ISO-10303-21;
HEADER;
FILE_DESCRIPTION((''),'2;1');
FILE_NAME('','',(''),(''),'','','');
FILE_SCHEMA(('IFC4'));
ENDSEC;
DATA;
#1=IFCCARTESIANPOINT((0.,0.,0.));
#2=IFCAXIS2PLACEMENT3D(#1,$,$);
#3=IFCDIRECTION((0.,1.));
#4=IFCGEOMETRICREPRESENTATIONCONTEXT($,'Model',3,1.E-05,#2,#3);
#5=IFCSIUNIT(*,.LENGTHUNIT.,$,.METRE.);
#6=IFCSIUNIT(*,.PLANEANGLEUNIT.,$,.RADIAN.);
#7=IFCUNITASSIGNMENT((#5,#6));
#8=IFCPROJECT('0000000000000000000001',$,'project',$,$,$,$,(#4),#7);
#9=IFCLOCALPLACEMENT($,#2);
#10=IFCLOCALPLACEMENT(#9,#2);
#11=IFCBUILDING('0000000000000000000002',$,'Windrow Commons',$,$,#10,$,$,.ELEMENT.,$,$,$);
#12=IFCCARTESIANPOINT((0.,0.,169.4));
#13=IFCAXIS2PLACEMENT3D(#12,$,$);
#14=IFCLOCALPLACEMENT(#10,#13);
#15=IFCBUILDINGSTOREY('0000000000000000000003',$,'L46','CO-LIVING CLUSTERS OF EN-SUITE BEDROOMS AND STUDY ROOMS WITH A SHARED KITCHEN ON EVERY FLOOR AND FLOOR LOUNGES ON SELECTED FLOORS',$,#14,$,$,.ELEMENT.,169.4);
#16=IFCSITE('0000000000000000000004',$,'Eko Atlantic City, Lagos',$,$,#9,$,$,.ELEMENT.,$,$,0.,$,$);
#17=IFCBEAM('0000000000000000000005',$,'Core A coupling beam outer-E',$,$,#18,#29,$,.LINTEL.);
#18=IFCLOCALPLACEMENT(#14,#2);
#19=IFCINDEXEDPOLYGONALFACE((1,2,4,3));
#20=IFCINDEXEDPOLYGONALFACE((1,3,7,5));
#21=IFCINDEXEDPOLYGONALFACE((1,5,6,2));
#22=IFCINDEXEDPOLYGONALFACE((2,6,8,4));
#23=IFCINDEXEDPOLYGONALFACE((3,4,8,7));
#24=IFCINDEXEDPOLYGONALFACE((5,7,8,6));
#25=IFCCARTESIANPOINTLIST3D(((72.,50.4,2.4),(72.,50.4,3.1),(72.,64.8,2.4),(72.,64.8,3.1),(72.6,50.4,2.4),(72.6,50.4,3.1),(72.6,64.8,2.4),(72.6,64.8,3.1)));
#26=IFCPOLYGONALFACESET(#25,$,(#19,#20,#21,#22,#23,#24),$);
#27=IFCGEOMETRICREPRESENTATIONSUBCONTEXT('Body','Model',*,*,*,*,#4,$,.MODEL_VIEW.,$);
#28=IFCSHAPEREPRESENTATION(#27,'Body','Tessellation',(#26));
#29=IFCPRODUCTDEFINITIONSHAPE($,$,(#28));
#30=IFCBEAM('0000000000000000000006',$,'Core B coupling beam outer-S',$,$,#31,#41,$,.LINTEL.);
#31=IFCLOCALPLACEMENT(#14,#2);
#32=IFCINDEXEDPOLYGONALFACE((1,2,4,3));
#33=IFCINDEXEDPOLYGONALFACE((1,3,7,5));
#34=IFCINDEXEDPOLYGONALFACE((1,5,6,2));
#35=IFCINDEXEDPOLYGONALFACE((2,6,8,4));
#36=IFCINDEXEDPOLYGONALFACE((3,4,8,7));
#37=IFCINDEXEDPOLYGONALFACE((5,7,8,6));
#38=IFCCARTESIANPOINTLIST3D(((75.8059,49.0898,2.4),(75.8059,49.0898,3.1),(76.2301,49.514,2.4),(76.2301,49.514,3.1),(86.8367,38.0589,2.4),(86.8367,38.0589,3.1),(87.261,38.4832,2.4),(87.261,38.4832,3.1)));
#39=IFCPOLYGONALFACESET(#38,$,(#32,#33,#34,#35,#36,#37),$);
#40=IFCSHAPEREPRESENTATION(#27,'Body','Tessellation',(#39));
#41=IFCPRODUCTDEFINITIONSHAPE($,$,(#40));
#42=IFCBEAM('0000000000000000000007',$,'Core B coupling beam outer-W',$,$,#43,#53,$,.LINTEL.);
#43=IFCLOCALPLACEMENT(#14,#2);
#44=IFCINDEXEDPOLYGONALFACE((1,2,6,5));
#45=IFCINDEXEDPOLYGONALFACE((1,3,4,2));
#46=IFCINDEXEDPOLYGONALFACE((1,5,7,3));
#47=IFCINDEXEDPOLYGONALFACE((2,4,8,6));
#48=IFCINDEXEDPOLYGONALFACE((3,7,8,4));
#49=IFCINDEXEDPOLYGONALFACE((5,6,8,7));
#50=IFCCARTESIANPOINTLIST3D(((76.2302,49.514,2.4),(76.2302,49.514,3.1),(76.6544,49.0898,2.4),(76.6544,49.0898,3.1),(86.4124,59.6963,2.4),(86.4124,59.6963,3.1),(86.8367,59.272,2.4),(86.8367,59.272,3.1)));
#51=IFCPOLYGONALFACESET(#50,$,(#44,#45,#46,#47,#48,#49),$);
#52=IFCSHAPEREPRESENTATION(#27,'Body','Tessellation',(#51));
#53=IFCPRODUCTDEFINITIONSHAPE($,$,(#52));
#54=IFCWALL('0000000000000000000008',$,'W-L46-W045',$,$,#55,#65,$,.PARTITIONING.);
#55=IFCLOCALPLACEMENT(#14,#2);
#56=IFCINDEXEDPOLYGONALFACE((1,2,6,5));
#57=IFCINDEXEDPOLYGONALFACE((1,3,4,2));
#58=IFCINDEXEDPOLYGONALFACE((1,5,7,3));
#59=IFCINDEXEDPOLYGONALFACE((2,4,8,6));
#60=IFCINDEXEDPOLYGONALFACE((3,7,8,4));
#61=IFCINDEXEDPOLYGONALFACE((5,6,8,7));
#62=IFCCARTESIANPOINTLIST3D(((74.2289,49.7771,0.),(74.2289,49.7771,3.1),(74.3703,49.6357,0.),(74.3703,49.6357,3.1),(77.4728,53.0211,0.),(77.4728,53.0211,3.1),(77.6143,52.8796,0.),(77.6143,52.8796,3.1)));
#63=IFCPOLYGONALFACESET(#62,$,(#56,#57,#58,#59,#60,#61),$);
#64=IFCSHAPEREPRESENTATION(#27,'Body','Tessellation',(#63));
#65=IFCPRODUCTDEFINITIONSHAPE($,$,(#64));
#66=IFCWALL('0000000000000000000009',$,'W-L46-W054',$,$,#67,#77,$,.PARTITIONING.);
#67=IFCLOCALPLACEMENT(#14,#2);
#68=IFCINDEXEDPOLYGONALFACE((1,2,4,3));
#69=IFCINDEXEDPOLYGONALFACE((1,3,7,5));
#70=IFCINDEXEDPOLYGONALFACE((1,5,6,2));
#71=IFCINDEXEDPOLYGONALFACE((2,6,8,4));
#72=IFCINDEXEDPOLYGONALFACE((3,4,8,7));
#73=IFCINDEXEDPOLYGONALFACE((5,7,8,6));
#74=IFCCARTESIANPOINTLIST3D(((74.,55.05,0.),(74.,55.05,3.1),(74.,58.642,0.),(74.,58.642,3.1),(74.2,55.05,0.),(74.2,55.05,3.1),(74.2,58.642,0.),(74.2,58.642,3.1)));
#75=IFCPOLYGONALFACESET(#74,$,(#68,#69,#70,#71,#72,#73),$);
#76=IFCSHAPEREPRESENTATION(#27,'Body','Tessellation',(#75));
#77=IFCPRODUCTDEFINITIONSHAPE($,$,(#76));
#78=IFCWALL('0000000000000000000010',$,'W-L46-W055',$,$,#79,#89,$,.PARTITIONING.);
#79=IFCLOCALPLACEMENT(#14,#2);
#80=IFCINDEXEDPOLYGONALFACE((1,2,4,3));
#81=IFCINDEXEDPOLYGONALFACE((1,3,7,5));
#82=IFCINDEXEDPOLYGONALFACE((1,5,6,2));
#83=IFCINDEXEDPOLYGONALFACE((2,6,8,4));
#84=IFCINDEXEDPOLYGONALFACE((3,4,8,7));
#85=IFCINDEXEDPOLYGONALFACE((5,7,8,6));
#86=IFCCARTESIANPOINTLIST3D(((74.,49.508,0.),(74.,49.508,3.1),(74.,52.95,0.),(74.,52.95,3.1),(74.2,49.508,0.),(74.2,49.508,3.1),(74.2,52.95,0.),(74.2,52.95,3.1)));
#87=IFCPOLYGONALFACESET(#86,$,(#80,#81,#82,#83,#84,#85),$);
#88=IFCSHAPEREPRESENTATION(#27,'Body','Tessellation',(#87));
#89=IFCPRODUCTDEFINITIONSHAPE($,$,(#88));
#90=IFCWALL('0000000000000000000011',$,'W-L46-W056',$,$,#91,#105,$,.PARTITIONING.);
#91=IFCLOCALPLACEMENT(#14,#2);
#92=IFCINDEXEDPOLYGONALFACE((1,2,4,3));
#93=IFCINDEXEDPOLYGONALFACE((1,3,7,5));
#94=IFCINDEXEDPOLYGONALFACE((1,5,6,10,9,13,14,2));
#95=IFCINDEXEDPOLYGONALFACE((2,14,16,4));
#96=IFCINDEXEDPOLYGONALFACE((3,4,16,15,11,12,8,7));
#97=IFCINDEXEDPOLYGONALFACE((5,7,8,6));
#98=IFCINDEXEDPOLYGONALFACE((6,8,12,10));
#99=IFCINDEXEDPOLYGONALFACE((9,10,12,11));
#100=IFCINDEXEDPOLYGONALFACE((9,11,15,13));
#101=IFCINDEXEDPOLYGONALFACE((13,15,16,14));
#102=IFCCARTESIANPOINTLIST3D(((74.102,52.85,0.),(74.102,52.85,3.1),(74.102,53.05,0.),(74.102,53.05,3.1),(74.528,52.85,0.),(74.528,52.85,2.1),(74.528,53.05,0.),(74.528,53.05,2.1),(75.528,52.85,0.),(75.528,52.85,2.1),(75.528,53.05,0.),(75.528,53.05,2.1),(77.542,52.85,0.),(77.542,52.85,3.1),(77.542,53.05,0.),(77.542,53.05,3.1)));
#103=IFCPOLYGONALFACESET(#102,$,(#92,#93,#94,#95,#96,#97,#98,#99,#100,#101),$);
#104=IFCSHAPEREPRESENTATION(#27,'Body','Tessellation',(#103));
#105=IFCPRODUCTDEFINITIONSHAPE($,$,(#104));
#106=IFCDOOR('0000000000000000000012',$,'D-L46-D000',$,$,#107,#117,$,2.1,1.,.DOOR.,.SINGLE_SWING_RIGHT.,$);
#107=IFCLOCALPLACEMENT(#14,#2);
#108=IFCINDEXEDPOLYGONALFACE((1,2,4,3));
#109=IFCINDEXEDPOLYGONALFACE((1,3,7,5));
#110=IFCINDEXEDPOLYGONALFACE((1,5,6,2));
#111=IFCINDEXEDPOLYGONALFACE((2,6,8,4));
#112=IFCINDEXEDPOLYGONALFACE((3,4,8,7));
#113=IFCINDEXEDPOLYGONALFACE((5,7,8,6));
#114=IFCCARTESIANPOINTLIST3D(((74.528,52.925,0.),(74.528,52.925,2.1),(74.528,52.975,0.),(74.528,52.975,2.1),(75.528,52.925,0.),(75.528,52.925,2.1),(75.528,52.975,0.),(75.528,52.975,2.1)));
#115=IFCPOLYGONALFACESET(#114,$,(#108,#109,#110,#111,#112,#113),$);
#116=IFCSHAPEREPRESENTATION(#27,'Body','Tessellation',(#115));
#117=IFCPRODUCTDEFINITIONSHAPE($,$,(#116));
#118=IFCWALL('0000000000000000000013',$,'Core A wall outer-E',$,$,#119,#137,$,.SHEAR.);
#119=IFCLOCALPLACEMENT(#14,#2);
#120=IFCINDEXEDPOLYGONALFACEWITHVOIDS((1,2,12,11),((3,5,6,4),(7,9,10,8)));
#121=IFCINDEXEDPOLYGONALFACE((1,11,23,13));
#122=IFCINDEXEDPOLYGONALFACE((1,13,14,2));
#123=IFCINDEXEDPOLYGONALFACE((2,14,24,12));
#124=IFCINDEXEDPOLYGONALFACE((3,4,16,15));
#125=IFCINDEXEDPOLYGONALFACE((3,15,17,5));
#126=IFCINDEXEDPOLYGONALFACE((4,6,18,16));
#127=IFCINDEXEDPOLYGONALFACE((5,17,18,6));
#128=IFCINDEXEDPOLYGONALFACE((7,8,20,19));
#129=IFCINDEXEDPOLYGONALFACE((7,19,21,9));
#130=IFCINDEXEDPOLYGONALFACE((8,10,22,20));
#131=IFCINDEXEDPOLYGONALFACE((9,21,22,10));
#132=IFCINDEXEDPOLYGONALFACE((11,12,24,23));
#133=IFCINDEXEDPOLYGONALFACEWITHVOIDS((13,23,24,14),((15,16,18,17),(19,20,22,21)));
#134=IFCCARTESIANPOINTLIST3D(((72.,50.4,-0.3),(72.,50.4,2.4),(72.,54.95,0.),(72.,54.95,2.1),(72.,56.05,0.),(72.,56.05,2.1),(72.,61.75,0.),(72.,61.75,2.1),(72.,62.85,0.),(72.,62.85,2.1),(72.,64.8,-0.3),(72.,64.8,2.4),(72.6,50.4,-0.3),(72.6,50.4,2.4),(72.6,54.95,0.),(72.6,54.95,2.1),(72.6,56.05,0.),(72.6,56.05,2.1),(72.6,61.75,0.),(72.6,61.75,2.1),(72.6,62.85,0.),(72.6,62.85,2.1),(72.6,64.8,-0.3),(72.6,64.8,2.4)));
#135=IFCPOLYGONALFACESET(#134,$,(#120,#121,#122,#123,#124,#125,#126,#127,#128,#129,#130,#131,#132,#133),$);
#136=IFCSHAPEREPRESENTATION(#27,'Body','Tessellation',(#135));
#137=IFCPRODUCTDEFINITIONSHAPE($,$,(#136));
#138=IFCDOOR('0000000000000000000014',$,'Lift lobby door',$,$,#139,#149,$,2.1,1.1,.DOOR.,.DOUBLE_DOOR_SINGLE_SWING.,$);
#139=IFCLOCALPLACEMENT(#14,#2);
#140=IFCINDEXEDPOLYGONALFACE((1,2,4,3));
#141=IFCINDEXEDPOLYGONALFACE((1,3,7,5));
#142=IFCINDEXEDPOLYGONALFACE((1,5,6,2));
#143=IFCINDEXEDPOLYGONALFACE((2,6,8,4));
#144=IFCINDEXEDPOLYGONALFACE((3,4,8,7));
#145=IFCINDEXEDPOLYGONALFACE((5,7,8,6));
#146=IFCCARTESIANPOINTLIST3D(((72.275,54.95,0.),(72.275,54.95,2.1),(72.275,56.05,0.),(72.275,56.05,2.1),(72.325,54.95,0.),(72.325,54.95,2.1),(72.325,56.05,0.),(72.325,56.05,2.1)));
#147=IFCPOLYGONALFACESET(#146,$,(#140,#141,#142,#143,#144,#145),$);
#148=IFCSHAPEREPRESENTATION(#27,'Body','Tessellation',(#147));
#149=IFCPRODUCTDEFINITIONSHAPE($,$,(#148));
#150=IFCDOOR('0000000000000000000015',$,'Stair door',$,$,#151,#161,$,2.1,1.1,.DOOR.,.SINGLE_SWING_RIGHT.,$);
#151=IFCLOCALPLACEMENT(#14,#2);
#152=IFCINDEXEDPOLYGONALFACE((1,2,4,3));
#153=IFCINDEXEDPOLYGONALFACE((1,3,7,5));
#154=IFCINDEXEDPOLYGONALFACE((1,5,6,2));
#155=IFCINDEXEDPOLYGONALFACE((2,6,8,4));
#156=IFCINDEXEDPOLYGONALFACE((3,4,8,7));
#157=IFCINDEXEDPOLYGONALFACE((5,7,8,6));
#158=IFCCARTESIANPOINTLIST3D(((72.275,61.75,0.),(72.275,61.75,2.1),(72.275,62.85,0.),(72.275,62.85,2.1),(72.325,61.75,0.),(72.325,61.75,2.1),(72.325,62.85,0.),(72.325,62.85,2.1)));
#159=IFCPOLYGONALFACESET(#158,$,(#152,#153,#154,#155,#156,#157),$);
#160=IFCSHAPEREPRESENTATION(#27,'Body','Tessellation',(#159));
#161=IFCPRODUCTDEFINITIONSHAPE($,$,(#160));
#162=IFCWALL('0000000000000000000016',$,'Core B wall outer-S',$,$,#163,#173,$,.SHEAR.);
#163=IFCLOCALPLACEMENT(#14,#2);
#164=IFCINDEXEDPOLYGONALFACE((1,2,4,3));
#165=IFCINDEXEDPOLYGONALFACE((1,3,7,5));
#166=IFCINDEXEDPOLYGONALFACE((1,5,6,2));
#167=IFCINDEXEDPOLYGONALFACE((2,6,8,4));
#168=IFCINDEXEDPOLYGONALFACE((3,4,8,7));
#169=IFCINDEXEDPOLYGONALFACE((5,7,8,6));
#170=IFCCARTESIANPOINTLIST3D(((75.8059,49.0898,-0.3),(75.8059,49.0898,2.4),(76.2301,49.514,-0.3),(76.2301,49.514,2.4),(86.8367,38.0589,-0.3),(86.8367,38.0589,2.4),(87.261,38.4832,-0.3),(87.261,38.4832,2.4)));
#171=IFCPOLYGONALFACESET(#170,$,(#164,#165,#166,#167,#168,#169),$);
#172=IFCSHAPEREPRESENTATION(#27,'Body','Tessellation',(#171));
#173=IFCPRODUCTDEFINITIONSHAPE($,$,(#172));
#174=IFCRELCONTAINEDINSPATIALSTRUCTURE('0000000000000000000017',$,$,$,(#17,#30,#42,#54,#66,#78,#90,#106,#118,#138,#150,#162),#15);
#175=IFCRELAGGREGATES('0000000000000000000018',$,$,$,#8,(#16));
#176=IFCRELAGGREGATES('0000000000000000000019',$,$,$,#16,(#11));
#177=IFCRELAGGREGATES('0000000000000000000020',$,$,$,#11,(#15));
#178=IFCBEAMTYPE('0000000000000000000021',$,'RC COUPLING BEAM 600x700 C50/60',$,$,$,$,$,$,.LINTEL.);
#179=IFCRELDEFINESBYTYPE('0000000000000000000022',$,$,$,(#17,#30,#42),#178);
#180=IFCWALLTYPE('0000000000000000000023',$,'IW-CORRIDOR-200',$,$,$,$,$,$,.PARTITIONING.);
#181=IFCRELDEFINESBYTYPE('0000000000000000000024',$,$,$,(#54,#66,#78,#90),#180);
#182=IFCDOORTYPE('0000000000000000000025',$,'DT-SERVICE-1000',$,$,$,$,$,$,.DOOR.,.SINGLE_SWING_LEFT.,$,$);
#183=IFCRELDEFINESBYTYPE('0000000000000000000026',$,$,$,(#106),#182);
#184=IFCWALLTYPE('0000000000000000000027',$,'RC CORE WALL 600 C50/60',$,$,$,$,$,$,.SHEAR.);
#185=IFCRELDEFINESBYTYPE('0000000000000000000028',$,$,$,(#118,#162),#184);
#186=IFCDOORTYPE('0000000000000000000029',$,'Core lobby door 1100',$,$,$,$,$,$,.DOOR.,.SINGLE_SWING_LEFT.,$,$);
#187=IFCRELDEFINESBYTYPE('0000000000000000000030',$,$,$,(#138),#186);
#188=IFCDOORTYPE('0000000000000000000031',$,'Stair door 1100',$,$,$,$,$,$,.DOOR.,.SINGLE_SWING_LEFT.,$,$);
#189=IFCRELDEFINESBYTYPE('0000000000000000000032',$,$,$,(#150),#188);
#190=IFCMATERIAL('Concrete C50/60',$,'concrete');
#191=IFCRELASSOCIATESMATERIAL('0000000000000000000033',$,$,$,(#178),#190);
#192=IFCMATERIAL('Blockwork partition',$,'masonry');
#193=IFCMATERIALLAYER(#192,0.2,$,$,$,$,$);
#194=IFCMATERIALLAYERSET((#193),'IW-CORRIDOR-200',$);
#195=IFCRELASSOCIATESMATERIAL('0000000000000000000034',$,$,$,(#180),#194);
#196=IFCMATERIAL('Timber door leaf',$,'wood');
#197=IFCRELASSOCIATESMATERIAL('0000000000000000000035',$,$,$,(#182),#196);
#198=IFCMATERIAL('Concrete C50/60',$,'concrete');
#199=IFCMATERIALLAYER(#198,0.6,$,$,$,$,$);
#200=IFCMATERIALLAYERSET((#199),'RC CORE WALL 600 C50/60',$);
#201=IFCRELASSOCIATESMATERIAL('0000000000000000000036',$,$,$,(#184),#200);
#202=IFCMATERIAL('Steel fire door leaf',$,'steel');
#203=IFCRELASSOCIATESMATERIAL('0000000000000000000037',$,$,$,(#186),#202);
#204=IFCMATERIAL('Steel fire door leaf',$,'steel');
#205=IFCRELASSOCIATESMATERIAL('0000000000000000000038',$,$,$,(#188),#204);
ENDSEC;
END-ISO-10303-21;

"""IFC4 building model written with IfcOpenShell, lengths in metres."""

from ifc_helpers import new_model, si_unit, direction, frame, frame_2d, origin, origin_2d, place, context, subcontext, project, spatial, rectangle, extrude, material, layer, layer_set, material_profile, profile_set, type_object, element, fill, save


model = new_model("IFC4")

# Units and contexts
model_context = context("Model", 3, precision=1e-05, world=origin(), true_north=direction((0.0, 1.0)))
body_context = subcontext(model_context, "Body", "Model", "MODEL_VIEW")
ifc_project = project(units=[si_unit("LENGTHUNIT", "METRE"), si_unit("PLANEANGLEUNIT", "RADIAN")], contexts=[model_context])

# Site, building, storey
site_placement = place(None, origin())
site = spatial("IfcSite", under=ifc_project, at=site_placement, Name="Eko Atlantic City, Lagos", CompositionType="ELEMENT", RefElevation=0.0)
building_placement = place(site_placement, origin())
building = spatial("IfcBuilding", under=site, at=building_placement, Name="Windrow Commons", CompositionType="ELEMENT")
storey_placement = place(building_placement, frame((0.0, 0.0, 169.4)))
storey = spatial("IfcBuildingStorey", under=building, at=storey_placement, Name="L46", Description="CO-LIVING CLUSTERS OF EN-SUITE BEDROOMS AND STUDY ROOMS WITH A SHARED KITCHEN ON EVERY FLOOR AND FLOOR LOUNGES ON SELECTED FLOORS", CompositionType="ELEMENT", Elevation=169.4)

# Beams
ifc_material_1 = material(Name="Concrete C50/60", Category="concrete")
ifc_material_profile = material_profile(ifc_material_1, rectangle(XDim=0.6, YDim=0.7, at=origin_2d()))
ifc_profile_set = profile_set([ifc_material_profile], Name="Concrete C50/60")
beam_type = type_object("IfcBeamType", Name="RC COUPLING BEAM 600x700 C50/60", PredefinedType="LINTEL", material=ifc_profile_set)
beam_1_placement = place(storey_placement, frame((72.3, 50.4, 2.75), z_axis=(0.0, 1.0, 0.0), x_axis=(-1.0, 0.0, 0.0)))
element("IfcBeam", 1, at=beam_1_placement, inside=storey, type_object=beam_type, Name="Core A coupling beam outer-E", PredefinedType="LINTEL", context=body_context, shape_type="SweptSolid", body=[
    extrude(rectangle(XDim=0.6, YDim=0.7, at=origin_2d()), origin(), (0.0, 0.0, 1.0), 14.4),
])
beam_2_placement = place(storey_placement, frame((76.018, 49.3019, 2.75), z_axis=(0.707107, -0.707107, 0.0), x_axis=(0.707107, 0.707107, 0.0)))
element("IfcBeam", 2, at=beam_2_placement, inside=storey, type_object=beam_type, Name="Core B coupling beam outer-S", PredefinedType="LINTEL", context=body_context, shape_type="SweptSolid", body=[
    extrude(rectangle(XDim=0.6, YDim=0.7, at=origin_2d()), origin(), (0.0, 0.0, 1.0), 15.6),
])
beam_3_placement = place(storey_placement, frame((76.4423, 49.3019, 2.75), z_axis=(0.707107, 0.707107, 0.0), x_axis=(-0.707107, 0.707107, 0.0)))
element("IfcBeam", 3, at=beam_3_placement, inside=storey, type_object=beam_type, Name="Core B coupling beam outer-W", PredefinedType="LINTEL", context=body_context, shape_type="SweptSolid", body=[
    extrude(rectangle(XDim=0.6, YDim=0.7, at=origin_2d()), origin(), (0.0, 0.0, 1.0), 14.3999),
])

# Walls
ifc_material_2 = material(Name="Blockwork partition", Category="masonry")
ifc_layer_1 = layer(ifc_material_2, 0.2)
ifc_layer_set_1 = layer_set([ifc_layer_1], Name="IW-CORRIDOR-200")
wall_type_1 = type_object("IfcWallType", Name="IW-CORRIDOR-200", PredefinedType="PARTITIONING", material=ifc_layer_set_1)
wall_1_placement = place(storey_placement, frame((74.2996, 49.7064, 0.0), z_axis=(0.0, 0.0, 1.0), x_axis=(0.707107, 0.707107, 0.0)))
element("IfcWall", 4, at=wall_1_placement, inside=storey, type_object=wall_type_1, Name="W-L46-W045", PredefinedType="PARTITIONING", context=body_context, shape_type="SweptSolid", body=[
    extrude(rectangle(XDim=4.5877, YDim=0.2, at=frame_2d((2.2938, 0.0))), origin(), (0.0, 0.0, 1.0), 3.1),
])
wall_2_placement = place(storey_placement, frame((74.1, 55.05, 0.0), z_axis=(0.0, 0.0, 1.0), x_axis=(0.0, 1.0, 0.0)))
element("IfcWall", 5, at=wall_2_placement, inside=storey, type_object=wall_type_1, Name="W-L46-W054", PredefinedType="PARTITIONING", context=body_context, shape_type="SweptSolid", body=[
    extrude(rectangle(XDim=3.592, YDim=0.2, at=frame_2d((1.796, 0.0))), origin(), (0.0, 0.0, 1.0), 3.1),
])
wall_3_placement = place(storey_placement, frame((74.1, 49.508, 0.0), z_axis=(0.0, 0.0, 1.0), x_axis=(0.0, 1.0, 0.0)))
element("IfcWall", 6, at=wall_3_placement, inside=storey, type_object=wall_type_1, Name="W-L46-W055", PredefinedType="PARTITIONING", context=body_context, shape_type="SweptSolid", body=[
    extrude(rectangle(XDim=3.442, YDim=0.2, at=frame_2d((1.721, 0.0))), origin(), (0.0, 0.0, 1.0), 3.1),
])

# Wall, opening, door
wall_4_placement = place(storey_placement, frame((74.102, 52.95, 0.0), z_axis=(0.0, 0.0, 1.0), x_axis=(1.0, 0.0, 0.0)))
wall_4 = element("IfcWall", 7, at=wall_4_placement, inside=storey, type_object=wall_type_1, Name="W-L46-W056", PredefinedType="PARTITIONING", context=body_context, shape_type="SweptSolid", body=[
    extrude(rectangle(XDim=3.44, YDim=0.2, at=frame_2d((1.72, 0.0))), origin(), (0.0, 0.0, 1.0), 3.1),
])
opening_1_placement = place(wall_4_placement, frame((0.426, 0.0, 0.0)))
opening_1 = element("IfcOpeningElement", 8, at=opening_1_placement, cuts=wall_4, PredefinedType="OPENING", context=body_context, shape_type="SweptSolid", body=[
    extrude(rectangle(XDim=1.0, YDim=2.1, at=frame_2d((0.5, 1.05))), frame((0.0, 0.11, 0.0), z_axis=(0.0, -1.0, 0.0), x_axis=(1.0, 0.0, 0.0)), (0.0, 0.0, 1.0), 0.22),
])
ifc_material_3 = material(Name="Timber door leaf", Category="wood")
door_type_1 = type_object("IfcDoorType", Name="DT-SERVICE-1000", OperationType="SINGLE_SWING_LEFT", PredefinedType="DOOR", material=ifc_material_3)
door_1_placement = place(opening_1_placement, origin())
door_1 = element("IfcDoor", 9, at=door_1_placement, inside=storey, type_object=door_type_1, Name="D-L46-D000", OperationType="SINGLE_SWING_RIGHT", OverallHeight=2.1, OverallWidth=1.0, PredefinedType="DOOR", context=body_context, shape_type="SweptSolid", body=[
    extrude(rectangle(XDim=1.0, YDim=2.1, at=frame_2d((0.5, 1.05))), frame((0.0, 0.025, 0.0), z_axis=(0.0, -1.0, 0.0), x_axis=(1.0, 0.0, 0.0)), (0.0, 0.0, 1.0), 0.05),
])
fill(opening_1, door_1)

# Wall, openings, doors
ifc_material_4 = material(Name="Concrete C50/60", Category="concrete")
ifc_layer_2 = layer(ifc_material_4, 0.6)
ifc_layer_set_2 = layer_set([ifc_layer_2], Name="RC CORE WALL 600 C50/60")
wall_type_2 = type_object("IfcWallType", Name="RC CORE WALL 600 C50/60", PredefinedType="SHEAR", material=ifc_layer_set_2)
wall_5_placement = place(storey_placement, frame((72.3, 50.4, -0.3), z_axis=(0.0, 0.0, 1.0), x_axis=(0.0, 1.0, 0.0)))
wall_5 = element("IfcWall", 10, at=wall_5_placement, inside=storey, type_object=wall_type_2, Name="Core A wall outer-E", PredefinedType="SHEAR", context=body_context, shape_type="SweptSolid", body=[
    extrude(rectangle(XDim=14.4, YDim=0.6, at=frame_2d((7.2, 0.0))), origin(), (0.0, 0.0, 1.0), 2.7),
])
opening_2_placement = place(wall_5_placement, frame((4.55, 0.0, 0.3)))
opening_2 = element("IfcOpeningElement", 11, at=opening_2_placement, cuts=wall_5, PredefinedType="OPENING", context=body_context, shape_type="SweptSolid", body=[
    extrude(rectangle(XDim=1.1, YDim=2.1, at=frame_2d((0.55, 1.05))), frame((0.0, 0.31, 0.0), z_axis=(0.0, -1.0, 0.0), x_axis=(1.0, 0.0, 0.0)), (0.0, 0.0, 1.0), 0.62),
])
opening_3_placement = place(wall_5_placement, frame((11.35, 0.0, 0.3)))
opening_3 = element("IfcOpeningElement", 12, at=opening_3_placement, cuts=wall_5, PredefinedType="OPENING", context=body_context, shape_type="SweptSolid", body=[
    extrude(rectangle(XDim=1.1, YDim=2.1, at=frame_2d((0.55, 1.05))), frame((0.0, 0.31, 0.0), z_axis=(0.0, -1.0, 0.0), x_axis=(1.0, 0.0, 0.0)), (0.0, 0.0, 1.0), 0.62),
])
ifc_material_5 = material(Name="Steel fire door leaf", Category="steel")
door_type_2 = type_object("IfcDoorType", Name="Core lobby door 1100", OperationType="SINGLE_SWING_LEFT", PredefinedType="DOOR", material=ifc_material_5)
door_2_placement = place(opening_2_placement, origin())
door_2 = element("IfcDoor", 13, at=door_2_placement, inside=storey, type_object=door_type_2, Name="Lift lobby door", OperationType="DOUBLE_DOOR_SINGLE_SWING", OverallHeight=2.1, OverallWidth=1.1, PredefinedType="DOOR", context=body_context, shape_type="SweptSolid", body=[
    extrude(rectangle(XDim=1.1, YDim=2.1, at=frame_2d((0.55, 1.05))), frame((0.0, 0.025, 0.0), z_axis=(0.0, -1.0, 0.0), x_axis=(1.0, 0.0, 0.0)), (0.0, 0.0, 1.0), 0.05),
])
fill(opening_2, door_2)
ifc_material_6 = material(Name="Steel fire door leaf", Category="steel")
door_type_3 = type_object("IfcDoorType", Name="Stair door 1100", OperationType="SINGLE_SWING_LEFT", PredefinedType="DOOR", material=ifc_material_6)
door_3_placement = place(opening_3_placement, origin())
door_3 = element("IfcDoor", 14, at=door_3_placement, inside=storey, type_object=door_type_3, Name="Stair door", OperationType="SINGLE_SWING_RIGHT", OverallHeight=2.1, OverallWidth=1.1, PredefinedType="DOOR", context=body_context, shape_type="SweptSolid", body=[
    extrude(rectangle(XDim=1.1, YDim=2.1, at=frame_2d((0.55, 1.05))), frame((0.0, 0.025, 0.0), z_axis=(0.0, -1.0, 0.0), x_axis=(1.0, 0.0, 0.0)), (0.0, 0.0, 1.0), 0.05),
])
fill(opening_3, door_3)

# Wall
wall_6_placement = place(storey_placement, frame((76.018, 49.3019, -0.3), z_axis=(0.0, 0.0, 1.0), x_axis=(0.707107, -0.707107, 0.0)))
element("IfcWall", 15, at=wall_6_placement, inside=storey, type_object=wall_type_2, Name="Core B wall outer-S", PredefinedType="SHEAR", context=body_context, shape_type="SweptSolid", body=[
    extrude(rectangle(XDim=15.6, YDim=0.6, at=frame_2d((7.8, 0.0))), origin(), (0.0, 0.0, 1.0), 2.7),
])

save(model, "model.ifc")
